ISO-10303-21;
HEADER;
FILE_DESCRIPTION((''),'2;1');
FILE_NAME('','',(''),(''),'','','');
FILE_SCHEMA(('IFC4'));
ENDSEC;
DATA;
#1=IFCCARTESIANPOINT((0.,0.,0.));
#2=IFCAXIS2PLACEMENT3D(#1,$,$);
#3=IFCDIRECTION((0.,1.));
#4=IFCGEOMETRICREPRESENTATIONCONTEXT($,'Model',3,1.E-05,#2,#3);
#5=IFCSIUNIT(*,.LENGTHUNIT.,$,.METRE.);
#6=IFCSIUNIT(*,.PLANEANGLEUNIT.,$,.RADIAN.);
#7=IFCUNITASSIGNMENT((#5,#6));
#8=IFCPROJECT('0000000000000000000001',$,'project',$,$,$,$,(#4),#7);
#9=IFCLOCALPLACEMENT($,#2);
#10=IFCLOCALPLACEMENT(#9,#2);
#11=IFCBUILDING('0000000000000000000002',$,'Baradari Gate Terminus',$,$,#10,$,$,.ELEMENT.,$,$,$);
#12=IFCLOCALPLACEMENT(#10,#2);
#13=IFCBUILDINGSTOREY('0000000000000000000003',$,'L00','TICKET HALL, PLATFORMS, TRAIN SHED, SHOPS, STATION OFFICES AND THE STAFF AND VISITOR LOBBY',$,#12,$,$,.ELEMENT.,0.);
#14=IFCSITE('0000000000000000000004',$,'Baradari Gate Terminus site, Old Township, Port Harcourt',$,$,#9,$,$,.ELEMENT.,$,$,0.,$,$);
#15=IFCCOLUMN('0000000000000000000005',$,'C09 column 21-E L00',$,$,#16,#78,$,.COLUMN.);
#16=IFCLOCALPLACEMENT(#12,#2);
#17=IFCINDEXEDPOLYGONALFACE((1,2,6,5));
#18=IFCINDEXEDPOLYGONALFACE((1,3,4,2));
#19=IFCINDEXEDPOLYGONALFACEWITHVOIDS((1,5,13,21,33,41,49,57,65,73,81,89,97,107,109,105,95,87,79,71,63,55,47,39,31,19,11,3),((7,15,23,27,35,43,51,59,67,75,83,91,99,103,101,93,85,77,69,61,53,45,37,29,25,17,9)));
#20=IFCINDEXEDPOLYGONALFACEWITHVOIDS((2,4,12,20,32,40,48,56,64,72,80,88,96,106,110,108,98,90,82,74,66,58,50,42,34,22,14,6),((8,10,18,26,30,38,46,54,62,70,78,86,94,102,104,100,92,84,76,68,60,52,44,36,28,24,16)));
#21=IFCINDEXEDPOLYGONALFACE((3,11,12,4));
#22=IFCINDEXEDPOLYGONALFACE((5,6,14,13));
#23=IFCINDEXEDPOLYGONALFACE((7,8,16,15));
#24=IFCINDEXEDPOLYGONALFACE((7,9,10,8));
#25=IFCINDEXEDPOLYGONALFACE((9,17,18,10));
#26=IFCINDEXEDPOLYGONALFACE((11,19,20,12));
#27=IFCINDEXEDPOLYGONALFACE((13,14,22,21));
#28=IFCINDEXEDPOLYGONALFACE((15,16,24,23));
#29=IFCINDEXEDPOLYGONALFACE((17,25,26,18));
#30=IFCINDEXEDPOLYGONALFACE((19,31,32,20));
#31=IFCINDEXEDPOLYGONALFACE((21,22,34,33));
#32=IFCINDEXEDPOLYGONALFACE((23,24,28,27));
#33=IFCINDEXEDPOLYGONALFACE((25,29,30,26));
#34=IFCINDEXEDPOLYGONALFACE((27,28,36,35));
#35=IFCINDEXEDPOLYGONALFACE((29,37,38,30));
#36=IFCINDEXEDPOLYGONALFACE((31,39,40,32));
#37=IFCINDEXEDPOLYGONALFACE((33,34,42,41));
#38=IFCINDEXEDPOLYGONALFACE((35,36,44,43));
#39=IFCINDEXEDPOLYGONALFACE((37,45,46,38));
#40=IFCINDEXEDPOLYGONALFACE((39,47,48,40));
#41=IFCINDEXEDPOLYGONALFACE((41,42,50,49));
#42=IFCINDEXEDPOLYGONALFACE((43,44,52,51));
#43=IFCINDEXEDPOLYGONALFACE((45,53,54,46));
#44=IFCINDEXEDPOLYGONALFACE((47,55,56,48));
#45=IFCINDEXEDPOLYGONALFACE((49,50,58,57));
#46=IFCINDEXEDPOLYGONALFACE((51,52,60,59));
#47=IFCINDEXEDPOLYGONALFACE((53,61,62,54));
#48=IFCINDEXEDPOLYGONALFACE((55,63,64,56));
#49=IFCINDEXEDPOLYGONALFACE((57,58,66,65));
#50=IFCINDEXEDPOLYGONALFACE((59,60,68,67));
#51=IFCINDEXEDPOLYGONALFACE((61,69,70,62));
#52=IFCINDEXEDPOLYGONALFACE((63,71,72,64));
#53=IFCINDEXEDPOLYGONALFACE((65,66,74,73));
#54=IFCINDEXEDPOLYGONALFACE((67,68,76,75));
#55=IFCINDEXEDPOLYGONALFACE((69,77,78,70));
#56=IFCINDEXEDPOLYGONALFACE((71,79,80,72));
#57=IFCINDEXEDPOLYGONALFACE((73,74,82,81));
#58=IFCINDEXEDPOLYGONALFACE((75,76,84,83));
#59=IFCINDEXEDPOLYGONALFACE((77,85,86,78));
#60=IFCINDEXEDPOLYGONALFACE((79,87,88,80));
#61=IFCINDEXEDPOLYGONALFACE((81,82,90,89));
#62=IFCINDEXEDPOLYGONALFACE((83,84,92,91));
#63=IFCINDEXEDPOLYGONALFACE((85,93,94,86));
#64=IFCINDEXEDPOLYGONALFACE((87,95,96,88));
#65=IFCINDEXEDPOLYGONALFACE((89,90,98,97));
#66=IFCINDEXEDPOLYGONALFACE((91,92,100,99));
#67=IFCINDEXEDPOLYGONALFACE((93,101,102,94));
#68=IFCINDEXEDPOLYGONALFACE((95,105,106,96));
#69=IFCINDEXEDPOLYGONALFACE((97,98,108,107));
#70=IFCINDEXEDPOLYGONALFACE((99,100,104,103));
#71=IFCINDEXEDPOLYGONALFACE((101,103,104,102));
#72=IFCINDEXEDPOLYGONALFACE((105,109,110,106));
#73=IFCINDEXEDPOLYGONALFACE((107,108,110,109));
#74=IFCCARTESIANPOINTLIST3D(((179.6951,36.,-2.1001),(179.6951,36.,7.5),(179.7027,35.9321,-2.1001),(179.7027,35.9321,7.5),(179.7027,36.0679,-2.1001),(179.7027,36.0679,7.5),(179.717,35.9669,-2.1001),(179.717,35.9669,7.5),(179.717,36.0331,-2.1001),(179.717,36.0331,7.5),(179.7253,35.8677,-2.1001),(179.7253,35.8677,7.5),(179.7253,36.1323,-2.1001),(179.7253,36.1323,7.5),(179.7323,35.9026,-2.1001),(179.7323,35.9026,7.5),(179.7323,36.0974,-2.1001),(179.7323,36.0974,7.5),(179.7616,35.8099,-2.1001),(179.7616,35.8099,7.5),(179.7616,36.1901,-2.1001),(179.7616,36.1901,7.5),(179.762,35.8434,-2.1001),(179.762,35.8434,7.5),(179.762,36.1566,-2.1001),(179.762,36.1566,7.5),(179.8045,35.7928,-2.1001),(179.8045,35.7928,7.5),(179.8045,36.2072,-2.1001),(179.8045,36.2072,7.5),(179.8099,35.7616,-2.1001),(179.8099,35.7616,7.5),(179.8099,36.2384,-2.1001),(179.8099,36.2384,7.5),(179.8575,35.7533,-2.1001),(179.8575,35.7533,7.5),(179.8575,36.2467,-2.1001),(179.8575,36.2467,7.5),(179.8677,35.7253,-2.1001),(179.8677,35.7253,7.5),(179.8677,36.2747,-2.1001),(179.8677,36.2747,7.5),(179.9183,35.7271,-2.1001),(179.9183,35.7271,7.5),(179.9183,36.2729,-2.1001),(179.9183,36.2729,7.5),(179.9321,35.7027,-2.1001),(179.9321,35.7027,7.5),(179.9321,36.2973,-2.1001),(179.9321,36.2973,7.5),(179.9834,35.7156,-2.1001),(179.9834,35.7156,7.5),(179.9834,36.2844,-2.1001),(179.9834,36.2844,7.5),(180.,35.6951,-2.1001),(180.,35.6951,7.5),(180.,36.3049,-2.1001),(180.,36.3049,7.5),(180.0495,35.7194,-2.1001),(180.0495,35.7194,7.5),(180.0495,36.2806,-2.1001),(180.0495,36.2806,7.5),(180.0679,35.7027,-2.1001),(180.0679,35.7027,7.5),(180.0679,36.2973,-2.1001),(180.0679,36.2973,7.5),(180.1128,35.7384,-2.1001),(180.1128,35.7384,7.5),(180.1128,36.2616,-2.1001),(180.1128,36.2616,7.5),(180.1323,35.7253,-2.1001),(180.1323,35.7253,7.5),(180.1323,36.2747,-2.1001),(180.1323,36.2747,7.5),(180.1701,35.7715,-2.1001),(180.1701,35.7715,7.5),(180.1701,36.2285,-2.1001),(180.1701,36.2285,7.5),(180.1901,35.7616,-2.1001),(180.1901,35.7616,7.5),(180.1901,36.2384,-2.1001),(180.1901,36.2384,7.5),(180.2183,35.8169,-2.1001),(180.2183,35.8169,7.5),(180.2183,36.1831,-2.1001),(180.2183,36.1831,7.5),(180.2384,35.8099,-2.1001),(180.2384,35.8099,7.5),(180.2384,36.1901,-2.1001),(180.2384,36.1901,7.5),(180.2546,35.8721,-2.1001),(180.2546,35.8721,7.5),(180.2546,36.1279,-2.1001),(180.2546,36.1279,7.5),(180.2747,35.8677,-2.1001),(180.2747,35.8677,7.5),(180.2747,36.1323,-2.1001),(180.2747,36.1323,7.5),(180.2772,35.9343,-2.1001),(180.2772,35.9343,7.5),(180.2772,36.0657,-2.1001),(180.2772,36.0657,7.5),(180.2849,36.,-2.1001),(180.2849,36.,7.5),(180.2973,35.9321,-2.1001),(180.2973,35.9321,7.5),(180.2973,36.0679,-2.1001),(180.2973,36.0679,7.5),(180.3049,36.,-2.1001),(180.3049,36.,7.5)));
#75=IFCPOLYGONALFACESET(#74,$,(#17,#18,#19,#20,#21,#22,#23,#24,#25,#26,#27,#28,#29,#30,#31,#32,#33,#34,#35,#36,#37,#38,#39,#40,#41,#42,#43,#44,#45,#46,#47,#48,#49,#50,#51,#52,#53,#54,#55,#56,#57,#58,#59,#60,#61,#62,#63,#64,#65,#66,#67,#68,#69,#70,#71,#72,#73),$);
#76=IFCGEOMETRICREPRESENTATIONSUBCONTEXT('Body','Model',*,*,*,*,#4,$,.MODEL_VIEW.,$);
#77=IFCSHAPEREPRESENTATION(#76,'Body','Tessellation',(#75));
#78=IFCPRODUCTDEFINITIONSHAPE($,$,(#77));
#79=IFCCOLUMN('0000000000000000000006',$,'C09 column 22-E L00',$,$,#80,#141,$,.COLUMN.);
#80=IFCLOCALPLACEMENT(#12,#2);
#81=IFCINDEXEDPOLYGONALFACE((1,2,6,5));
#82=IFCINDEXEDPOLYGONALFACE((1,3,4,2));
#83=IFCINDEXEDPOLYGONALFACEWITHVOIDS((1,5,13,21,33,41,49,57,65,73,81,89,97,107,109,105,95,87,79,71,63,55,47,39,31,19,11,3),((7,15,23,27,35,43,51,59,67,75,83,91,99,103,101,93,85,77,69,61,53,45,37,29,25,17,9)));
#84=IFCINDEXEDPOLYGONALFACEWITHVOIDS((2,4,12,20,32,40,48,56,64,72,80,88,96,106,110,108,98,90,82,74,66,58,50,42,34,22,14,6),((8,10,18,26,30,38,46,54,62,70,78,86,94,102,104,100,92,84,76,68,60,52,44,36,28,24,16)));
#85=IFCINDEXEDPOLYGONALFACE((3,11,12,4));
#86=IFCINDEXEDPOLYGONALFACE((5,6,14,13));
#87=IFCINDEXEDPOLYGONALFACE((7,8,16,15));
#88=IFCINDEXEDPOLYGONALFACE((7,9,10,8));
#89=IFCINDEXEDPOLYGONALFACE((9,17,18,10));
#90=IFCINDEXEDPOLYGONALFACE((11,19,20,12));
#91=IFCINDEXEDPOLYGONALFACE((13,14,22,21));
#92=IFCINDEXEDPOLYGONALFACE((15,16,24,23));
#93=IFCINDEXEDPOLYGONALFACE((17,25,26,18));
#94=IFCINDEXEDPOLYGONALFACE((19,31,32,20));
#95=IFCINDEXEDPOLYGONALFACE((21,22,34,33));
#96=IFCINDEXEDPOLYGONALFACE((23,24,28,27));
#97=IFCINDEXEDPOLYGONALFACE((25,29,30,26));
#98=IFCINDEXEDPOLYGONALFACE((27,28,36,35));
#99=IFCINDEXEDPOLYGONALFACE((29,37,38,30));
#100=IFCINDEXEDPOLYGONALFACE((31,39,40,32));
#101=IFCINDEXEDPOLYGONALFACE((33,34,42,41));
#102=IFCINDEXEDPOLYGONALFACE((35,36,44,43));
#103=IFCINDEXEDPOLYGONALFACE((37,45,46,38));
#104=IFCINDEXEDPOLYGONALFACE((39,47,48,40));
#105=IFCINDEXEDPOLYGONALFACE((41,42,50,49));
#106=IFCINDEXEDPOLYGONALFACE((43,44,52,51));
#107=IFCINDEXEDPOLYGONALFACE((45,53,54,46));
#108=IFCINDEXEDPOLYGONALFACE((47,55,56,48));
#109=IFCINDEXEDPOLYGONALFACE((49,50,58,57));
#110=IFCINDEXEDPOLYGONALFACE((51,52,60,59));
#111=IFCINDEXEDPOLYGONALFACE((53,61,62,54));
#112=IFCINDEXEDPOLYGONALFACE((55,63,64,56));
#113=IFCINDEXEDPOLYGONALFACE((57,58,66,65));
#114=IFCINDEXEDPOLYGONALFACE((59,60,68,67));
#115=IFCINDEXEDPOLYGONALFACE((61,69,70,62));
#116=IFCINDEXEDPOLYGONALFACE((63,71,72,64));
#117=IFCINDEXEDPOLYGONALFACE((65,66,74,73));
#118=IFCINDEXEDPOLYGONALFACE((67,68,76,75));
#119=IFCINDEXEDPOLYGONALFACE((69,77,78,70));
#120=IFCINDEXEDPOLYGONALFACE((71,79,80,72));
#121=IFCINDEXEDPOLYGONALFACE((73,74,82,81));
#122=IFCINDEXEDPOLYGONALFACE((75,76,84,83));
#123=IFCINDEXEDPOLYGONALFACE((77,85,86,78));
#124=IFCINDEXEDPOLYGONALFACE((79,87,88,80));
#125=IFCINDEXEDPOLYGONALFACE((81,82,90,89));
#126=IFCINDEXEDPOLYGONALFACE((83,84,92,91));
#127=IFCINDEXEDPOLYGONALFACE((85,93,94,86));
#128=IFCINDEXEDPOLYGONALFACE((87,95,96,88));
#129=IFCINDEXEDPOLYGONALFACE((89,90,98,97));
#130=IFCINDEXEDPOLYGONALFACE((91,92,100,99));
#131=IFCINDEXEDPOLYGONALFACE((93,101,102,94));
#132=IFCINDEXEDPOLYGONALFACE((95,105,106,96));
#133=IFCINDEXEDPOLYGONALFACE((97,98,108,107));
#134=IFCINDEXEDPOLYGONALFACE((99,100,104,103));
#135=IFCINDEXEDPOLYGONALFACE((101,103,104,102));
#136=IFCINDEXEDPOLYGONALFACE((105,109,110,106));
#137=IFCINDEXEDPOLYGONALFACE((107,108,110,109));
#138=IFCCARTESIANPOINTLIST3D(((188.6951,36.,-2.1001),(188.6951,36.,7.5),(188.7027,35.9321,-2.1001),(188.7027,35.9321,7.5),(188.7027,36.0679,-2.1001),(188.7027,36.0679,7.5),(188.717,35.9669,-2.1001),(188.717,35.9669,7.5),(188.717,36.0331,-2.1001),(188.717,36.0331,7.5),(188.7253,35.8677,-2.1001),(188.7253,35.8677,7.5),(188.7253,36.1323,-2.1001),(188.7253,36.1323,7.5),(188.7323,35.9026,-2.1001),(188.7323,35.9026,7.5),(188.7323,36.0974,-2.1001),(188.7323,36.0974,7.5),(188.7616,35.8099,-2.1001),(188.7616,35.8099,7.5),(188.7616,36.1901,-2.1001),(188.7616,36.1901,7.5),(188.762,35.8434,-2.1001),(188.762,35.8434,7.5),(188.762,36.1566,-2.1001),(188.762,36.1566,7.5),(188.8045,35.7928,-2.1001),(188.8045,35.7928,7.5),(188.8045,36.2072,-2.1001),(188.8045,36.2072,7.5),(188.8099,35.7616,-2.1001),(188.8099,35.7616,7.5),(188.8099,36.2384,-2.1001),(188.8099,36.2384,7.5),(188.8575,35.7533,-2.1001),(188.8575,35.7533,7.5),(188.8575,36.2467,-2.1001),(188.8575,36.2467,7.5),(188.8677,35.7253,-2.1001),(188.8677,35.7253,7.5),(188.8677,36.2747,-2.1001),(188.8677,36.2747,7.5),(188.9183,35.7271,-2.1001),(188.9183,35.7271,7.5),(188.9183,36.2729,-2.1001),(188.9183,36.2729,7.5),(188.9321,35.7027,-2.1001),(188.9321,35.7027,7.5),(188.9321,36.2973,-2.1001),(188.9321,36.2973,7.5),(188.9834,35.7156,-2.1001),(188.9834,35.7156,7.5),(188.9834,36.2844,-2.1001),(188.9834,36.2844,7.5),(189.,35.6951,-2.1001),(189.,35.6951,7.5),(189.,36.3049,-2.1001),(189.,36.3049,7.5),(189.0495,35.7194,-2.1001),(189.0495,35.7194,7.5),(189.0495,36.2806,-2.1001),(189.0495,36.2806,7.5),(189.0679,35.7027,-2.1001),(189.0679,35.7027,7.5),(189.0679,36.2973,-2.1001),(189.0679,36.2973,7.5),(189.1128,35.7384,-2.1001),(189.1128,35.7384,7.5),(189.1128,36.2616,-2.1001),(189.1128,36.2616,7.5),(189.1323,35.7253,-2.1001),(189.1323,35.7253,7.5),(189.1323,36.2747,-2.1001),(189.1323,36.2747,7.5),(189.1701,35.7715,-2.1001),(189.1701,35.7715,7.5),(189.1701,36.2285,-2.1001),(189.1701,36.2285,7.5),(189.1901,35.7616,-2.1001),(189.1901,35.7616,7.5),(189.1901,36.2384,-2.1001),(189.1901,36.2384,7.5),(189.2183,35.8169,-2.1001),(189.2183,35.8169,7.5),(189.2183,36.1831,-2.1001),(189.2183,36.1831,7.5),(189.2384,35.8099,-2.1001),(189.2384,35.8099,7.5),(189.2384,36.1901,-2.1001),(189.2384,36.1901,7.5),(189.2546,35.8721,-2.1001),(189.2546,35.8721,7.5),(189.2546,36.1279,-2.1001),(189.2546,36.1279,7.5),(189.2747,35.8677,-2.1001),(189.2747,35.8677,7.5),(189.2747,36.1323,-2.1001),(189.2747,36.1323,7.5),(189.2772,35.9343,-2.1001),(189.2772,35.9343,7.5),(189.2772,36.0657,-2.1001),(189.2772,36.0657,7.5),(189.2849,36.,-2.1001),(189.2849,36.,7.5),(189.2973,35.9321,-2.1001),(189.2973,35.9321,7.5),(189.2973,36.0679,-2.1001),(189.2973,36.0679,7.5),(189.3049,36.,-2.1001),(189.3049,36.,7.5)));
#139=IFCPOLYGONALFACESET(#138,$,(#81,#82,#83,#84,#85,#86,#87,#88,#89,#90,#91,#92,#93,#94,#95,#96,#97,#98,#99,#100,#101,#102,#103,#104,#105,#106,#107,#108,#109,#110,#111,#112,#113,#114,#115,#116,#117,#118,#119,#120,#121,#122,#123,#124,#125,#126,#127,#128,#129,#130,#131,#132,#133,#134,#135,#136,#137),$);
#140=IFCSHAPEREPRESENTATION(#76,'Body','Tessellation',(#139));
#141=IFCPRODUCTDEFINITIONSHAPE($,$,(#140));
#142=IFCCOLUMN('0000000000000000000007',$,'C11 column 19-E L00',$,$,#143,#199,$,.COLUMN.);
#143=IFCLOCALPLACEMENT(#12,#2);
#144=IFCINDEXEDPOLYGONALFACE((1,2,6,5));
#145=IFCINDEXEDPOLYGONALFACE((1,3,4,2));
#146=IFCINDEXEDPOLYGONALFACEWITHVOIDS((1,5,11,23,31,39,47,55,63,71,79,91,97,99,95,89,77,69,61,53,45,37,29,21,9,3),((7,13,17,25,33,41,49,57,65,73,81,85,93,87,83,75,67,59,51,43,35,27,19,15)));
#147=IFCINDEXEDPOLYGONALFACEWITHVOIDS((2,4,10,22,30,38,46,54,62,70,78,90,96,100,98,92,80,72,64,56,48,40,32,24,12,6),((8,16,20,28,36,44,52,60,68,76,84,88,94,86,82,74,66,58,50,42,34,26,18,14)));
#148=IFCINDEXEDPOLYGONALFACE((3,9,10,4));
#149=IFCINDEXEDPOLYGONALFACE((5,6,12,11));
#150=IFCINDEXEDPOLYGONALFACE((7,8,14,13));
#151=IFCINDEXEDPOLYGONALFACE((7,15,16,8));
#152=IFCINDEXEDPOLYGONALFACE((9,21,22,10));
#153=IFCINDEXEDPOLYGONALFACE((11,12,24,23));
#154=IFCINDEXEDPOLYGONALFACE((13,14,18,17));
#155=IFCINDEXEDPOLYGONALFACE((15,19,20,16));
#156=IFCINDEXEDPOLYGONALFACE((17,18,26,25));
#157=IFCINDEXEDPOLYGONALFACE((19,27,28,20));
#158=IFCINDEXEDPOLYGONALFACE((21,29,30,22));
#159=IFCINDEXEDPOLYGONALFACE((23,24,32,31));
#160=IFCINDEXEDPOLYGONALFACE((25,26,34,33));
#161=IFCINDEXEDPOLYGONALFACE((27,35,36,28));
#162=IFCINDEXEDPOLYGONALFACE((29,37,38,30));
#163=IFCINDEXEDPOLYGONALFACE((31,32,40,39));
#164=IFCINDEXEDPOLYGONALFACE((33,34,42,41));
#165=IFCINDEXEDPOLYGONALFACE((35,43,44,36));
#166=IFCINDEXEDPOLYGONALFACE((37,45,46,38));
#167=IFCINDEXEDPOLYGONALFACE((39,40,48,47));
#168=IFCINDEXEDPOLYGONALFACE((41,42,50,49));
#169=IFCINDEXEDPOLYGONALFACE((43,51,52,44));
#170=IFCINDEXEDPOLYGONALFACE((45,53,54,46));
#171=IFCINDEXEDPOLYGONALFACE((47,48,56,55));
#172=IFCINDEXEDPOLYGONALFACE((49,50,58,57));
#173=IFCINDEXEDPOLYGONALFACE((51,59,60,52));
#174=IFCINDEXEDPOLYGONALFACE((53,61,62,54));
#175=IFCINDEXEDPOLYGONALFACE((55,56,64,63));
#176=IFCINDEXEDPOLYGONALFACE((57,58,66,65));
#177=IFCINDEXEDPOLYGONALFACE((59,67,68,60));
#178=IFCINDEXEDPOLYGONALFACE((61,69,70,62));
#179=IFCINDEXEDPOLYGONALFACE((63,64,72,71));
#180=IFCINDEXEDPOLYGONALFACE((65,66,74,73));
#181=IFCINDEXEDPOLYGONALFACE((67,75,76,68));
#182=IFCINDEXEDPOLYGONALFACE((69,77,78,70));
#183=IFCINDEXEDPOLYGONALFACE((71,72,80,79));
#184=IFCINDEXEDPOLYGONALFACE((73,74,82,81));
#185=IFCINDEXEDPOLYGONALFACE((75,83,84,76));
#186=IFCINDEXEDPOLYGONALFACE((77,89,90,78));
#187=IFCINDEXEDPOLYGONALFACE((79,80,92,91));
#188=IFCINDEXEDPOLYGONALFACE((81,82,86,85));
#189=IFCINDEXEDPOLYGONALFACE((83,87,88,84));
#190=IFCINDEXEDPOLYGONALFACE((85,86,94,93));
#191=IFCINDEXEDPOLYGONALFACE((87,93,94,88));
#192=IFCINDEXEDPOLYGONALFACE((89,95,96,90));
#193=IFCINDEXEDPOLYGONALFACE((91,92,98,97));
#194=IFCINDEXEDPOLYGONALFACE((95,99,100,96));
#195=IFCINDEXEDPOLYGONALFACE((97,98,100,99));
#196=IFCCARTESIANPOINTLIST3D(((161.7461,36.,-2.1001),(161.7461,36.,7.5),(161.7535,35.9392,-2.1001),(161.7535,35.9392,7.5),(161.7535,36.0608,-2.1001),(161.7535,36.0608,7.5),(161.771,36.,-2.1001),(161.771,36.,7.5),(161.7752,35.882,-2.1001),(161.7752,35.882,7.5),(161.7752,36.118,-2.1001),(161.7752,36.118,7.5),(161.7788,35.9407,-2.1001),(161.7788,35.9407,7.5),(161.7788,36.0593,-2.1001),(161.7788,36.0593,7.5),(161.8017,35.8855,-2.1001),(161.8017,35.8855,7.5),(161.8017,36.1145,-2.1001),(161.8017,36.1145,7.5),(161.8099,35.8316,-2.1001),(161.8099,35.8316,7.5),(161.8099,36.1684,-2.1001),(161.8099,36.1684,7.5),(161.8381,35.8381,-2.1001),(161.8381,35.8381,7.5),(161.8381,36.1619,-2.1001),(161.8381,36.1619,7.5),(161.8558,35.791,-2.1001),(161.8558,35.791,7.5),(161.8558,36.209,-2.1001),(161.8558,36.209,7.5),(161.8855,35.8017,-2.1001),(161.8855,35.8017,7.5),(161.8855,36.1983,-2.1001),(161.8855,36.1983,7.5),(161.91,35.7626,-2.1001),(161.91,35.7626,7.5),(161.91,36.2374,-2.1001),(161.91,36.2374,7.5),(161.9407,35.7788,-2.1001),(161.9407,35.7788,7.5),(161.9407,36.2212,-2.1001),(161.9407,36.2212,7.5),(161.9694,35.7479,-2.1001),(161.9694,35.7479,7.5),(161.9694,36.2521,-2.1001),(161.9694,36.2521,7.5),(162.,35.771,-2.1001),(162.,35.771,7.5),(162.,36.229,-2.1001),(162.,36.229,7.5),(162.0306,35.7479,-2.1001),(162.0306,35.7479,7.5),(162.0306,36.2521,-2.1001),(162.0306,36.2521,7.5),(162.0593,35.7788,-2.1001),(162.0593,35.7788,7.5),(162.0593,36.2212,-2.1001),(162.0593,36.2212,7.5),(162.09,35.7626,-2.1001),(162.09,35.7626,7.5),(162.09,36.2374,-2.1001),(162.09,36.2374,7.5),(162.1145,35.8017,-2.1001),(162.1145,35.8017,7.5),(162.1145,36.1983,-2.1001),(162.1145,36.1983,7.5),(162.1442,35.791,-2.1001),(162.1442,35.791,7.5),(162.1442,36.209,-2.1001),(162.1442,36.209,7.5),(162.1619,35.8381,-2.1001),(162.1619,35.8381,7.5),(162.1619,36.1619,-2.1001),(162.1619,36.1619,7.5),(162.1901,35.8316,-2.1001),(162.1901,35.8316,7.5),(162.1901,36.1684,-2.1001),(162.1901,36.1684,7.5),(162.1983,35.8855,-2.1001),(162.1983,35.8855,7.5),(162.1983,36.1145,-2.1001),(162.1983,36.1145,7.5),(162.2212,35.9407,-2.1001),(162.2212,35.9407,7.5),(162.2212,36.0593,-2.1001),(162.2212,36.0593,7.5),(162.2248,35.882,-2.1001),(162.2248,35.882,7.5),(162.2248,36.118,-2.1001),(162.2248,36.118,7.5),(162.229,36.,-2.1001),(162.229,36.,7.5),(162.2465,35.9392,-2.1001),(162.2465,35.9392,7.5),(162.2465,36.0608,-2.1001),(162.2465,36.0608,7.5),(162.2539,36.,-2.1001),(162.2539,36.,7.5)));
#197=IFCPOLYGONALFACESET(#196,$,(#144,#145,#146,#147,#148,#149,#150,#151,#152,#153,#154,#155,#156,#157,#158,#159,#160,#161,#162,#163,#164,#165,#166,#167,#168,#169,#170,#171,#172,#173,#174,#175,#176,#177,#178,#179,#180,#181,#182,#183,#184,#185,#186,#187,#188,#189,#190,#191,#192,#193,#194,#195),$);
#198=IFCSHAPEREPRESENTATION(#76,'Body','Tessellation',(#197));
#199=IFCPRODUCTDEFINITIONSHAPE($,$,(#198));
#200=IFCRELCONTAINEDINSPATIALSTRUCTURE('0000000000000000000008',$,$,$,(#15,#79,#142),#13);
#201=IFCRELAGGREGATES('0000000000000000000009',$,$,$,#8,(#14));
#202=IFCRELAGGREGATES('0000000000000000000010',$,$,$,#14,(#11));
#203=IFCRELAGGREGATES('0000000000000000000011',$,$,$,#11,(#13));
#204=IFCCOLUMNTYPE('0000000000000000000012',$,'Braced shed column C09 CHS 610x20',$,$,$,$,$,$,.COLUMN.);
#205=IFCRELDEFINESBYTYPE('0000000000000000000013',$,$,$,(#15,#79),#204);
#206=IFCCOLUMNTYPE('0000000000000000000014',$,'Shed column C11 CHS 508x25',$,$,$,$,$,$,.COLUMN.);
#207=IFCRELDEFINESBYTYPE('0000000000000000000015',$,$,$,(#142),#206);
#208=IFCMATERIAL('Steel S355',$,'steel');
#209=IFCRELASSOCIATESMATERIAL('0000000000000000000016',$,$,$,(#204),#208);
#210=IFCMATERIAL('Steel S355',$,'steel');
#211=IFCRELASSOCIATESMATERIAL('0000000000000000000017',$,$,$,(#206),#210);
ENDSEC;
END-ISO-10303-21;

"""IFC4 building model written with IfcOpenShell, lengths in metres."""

from ifc_helpers import new_model, si_unit, direction, frame, origin, origin_2d, place, context, subcontext, project, spatial, hollow_circle, extrude, material, material_profile, profile_set, type_object, element, save


model = new_model("IFC4")

# Units and contexts
model_context = context("Model", 3, precision=1e-05, world=origin(), true_north=direction((0.0, 1.0)))
body_context = subcontext(model_context, "Body", "Model", "MODEL_VIEW")
ifc_project = project(units=[si_unit("LENGTHUNIT", "METRE"), si_unit("PLANEANGLEUNIT", "RADIAN")], contexts=[model_context])

# Site, building, storey
site_placement = place(None, origin())
site = spatial("IfcSite", under=ifc_project, at=site_placement, Name="Baradari Gate Terminus site, Old Township, Port Harcourt", CompositionType="ELEMENT", RefElevation=0.0)
building_placement = place(site_placement, origin())
building = spatial("IfcBuilding", under=site, at=building_placement, Name="Baradari Gate Terminus", CompositionType="ELEMENT")
storey_placement = place(building_placement, origin())
storey = spatial("IfcBuildingStorey", under=building, at=storey_placement, Name="L00", Description="TICKET HALL, PLATFORMS, TRAIN SHED, SHOPS, STATION OFFICES AND THE STAFF AND VISITOR LOBBY", CompositionType="ELEMENT", Elevation=0.0)

# Columns
ifc_material_1 = material(Name="Steel S355", Category="steel")
ifc_material_profile_1 = material_profile(ifc_material_1, hollow_circle(Radius=0.3049, WallThickness=0.02, at=origin_2d()), Name="CHS 610x20")
ifc_profile_set_1 = profile_set([ifc_material_profile_1], Name="Steel S355")
column_type_1 = type_object("IfcColumnType", Name="Braced shed column C09 CHS 610x20", PredefinedType="COLUMN", material=ifc_profile_set_1)
for number, where, z_axis, x_axis, name in (
    (1, (180.0, 36.0, -2.1001), (0.0, 0.0, 1.0), (1.0, 0.0, 0.0), "C09 column 21-E L00"),
    (2, (189.0, 36.0, -2.1001), (0.0, 0.0, 1.0), (1.0, 0.0, 0.0), "C09 column 22-E L00"),
):
    element("IfcColumn", number, at=place(storey_placement, frame(where, z_axis=z_axis, x_axis=x_axis)), inside=storey, type_object=column_type_1, Name=name, PredefinedType="COLUMN", context=body_context, shape_type="SweptSolid", body=[
        extrude(hollow_circle(Radius=0.3049, WallThickness=0.02, at=origin_2d()), origin(), (0.0, 0.0, 1.0), 9.6001),
    ])
ifc_material_2 = material(Name="Steel S355", Category="steel")
ifc_material_profile_2 = material_profile(ifc_material_2, hollow_circle(Radius=0.2539, WallThickness=0.0249, at=origin_2d()), Name="CHS 508x25")
ifc_profile_set_2 = profile_set([ifc_material_profile_2], Name="Steel S355")
column_type_2 = type_object("IfcColumnType", Name="Shed column C11 CHS 508x25", PredefinedType="COLUMN", material=ifc_profile_set_2)
for number, where, z_axis, x_axis, name in (
    (3, (162.0, 36.0, -2.1001), (0.0, 0.0, 1.0), (1.0, 0.0, 0.0), "C11 column 19-E L00"),
):
    element("IfcColumn", number, at=place(storey_placement, frame(where, z_axis=z_axis, x_axis=x_axis)), inside=storey, type_object=column_type_2, Name=name, PredefinedType="COLUMN", context=body_context, shape_type="SweptSolid", body=[
        extrude(hollow_circle(Radius=0.2539, WallThickness=0.0249, at=origin_2d()), origin(), (0.0, 0.0, 1.0), 9.6001),
    ])

save(model, "model.ifc")
